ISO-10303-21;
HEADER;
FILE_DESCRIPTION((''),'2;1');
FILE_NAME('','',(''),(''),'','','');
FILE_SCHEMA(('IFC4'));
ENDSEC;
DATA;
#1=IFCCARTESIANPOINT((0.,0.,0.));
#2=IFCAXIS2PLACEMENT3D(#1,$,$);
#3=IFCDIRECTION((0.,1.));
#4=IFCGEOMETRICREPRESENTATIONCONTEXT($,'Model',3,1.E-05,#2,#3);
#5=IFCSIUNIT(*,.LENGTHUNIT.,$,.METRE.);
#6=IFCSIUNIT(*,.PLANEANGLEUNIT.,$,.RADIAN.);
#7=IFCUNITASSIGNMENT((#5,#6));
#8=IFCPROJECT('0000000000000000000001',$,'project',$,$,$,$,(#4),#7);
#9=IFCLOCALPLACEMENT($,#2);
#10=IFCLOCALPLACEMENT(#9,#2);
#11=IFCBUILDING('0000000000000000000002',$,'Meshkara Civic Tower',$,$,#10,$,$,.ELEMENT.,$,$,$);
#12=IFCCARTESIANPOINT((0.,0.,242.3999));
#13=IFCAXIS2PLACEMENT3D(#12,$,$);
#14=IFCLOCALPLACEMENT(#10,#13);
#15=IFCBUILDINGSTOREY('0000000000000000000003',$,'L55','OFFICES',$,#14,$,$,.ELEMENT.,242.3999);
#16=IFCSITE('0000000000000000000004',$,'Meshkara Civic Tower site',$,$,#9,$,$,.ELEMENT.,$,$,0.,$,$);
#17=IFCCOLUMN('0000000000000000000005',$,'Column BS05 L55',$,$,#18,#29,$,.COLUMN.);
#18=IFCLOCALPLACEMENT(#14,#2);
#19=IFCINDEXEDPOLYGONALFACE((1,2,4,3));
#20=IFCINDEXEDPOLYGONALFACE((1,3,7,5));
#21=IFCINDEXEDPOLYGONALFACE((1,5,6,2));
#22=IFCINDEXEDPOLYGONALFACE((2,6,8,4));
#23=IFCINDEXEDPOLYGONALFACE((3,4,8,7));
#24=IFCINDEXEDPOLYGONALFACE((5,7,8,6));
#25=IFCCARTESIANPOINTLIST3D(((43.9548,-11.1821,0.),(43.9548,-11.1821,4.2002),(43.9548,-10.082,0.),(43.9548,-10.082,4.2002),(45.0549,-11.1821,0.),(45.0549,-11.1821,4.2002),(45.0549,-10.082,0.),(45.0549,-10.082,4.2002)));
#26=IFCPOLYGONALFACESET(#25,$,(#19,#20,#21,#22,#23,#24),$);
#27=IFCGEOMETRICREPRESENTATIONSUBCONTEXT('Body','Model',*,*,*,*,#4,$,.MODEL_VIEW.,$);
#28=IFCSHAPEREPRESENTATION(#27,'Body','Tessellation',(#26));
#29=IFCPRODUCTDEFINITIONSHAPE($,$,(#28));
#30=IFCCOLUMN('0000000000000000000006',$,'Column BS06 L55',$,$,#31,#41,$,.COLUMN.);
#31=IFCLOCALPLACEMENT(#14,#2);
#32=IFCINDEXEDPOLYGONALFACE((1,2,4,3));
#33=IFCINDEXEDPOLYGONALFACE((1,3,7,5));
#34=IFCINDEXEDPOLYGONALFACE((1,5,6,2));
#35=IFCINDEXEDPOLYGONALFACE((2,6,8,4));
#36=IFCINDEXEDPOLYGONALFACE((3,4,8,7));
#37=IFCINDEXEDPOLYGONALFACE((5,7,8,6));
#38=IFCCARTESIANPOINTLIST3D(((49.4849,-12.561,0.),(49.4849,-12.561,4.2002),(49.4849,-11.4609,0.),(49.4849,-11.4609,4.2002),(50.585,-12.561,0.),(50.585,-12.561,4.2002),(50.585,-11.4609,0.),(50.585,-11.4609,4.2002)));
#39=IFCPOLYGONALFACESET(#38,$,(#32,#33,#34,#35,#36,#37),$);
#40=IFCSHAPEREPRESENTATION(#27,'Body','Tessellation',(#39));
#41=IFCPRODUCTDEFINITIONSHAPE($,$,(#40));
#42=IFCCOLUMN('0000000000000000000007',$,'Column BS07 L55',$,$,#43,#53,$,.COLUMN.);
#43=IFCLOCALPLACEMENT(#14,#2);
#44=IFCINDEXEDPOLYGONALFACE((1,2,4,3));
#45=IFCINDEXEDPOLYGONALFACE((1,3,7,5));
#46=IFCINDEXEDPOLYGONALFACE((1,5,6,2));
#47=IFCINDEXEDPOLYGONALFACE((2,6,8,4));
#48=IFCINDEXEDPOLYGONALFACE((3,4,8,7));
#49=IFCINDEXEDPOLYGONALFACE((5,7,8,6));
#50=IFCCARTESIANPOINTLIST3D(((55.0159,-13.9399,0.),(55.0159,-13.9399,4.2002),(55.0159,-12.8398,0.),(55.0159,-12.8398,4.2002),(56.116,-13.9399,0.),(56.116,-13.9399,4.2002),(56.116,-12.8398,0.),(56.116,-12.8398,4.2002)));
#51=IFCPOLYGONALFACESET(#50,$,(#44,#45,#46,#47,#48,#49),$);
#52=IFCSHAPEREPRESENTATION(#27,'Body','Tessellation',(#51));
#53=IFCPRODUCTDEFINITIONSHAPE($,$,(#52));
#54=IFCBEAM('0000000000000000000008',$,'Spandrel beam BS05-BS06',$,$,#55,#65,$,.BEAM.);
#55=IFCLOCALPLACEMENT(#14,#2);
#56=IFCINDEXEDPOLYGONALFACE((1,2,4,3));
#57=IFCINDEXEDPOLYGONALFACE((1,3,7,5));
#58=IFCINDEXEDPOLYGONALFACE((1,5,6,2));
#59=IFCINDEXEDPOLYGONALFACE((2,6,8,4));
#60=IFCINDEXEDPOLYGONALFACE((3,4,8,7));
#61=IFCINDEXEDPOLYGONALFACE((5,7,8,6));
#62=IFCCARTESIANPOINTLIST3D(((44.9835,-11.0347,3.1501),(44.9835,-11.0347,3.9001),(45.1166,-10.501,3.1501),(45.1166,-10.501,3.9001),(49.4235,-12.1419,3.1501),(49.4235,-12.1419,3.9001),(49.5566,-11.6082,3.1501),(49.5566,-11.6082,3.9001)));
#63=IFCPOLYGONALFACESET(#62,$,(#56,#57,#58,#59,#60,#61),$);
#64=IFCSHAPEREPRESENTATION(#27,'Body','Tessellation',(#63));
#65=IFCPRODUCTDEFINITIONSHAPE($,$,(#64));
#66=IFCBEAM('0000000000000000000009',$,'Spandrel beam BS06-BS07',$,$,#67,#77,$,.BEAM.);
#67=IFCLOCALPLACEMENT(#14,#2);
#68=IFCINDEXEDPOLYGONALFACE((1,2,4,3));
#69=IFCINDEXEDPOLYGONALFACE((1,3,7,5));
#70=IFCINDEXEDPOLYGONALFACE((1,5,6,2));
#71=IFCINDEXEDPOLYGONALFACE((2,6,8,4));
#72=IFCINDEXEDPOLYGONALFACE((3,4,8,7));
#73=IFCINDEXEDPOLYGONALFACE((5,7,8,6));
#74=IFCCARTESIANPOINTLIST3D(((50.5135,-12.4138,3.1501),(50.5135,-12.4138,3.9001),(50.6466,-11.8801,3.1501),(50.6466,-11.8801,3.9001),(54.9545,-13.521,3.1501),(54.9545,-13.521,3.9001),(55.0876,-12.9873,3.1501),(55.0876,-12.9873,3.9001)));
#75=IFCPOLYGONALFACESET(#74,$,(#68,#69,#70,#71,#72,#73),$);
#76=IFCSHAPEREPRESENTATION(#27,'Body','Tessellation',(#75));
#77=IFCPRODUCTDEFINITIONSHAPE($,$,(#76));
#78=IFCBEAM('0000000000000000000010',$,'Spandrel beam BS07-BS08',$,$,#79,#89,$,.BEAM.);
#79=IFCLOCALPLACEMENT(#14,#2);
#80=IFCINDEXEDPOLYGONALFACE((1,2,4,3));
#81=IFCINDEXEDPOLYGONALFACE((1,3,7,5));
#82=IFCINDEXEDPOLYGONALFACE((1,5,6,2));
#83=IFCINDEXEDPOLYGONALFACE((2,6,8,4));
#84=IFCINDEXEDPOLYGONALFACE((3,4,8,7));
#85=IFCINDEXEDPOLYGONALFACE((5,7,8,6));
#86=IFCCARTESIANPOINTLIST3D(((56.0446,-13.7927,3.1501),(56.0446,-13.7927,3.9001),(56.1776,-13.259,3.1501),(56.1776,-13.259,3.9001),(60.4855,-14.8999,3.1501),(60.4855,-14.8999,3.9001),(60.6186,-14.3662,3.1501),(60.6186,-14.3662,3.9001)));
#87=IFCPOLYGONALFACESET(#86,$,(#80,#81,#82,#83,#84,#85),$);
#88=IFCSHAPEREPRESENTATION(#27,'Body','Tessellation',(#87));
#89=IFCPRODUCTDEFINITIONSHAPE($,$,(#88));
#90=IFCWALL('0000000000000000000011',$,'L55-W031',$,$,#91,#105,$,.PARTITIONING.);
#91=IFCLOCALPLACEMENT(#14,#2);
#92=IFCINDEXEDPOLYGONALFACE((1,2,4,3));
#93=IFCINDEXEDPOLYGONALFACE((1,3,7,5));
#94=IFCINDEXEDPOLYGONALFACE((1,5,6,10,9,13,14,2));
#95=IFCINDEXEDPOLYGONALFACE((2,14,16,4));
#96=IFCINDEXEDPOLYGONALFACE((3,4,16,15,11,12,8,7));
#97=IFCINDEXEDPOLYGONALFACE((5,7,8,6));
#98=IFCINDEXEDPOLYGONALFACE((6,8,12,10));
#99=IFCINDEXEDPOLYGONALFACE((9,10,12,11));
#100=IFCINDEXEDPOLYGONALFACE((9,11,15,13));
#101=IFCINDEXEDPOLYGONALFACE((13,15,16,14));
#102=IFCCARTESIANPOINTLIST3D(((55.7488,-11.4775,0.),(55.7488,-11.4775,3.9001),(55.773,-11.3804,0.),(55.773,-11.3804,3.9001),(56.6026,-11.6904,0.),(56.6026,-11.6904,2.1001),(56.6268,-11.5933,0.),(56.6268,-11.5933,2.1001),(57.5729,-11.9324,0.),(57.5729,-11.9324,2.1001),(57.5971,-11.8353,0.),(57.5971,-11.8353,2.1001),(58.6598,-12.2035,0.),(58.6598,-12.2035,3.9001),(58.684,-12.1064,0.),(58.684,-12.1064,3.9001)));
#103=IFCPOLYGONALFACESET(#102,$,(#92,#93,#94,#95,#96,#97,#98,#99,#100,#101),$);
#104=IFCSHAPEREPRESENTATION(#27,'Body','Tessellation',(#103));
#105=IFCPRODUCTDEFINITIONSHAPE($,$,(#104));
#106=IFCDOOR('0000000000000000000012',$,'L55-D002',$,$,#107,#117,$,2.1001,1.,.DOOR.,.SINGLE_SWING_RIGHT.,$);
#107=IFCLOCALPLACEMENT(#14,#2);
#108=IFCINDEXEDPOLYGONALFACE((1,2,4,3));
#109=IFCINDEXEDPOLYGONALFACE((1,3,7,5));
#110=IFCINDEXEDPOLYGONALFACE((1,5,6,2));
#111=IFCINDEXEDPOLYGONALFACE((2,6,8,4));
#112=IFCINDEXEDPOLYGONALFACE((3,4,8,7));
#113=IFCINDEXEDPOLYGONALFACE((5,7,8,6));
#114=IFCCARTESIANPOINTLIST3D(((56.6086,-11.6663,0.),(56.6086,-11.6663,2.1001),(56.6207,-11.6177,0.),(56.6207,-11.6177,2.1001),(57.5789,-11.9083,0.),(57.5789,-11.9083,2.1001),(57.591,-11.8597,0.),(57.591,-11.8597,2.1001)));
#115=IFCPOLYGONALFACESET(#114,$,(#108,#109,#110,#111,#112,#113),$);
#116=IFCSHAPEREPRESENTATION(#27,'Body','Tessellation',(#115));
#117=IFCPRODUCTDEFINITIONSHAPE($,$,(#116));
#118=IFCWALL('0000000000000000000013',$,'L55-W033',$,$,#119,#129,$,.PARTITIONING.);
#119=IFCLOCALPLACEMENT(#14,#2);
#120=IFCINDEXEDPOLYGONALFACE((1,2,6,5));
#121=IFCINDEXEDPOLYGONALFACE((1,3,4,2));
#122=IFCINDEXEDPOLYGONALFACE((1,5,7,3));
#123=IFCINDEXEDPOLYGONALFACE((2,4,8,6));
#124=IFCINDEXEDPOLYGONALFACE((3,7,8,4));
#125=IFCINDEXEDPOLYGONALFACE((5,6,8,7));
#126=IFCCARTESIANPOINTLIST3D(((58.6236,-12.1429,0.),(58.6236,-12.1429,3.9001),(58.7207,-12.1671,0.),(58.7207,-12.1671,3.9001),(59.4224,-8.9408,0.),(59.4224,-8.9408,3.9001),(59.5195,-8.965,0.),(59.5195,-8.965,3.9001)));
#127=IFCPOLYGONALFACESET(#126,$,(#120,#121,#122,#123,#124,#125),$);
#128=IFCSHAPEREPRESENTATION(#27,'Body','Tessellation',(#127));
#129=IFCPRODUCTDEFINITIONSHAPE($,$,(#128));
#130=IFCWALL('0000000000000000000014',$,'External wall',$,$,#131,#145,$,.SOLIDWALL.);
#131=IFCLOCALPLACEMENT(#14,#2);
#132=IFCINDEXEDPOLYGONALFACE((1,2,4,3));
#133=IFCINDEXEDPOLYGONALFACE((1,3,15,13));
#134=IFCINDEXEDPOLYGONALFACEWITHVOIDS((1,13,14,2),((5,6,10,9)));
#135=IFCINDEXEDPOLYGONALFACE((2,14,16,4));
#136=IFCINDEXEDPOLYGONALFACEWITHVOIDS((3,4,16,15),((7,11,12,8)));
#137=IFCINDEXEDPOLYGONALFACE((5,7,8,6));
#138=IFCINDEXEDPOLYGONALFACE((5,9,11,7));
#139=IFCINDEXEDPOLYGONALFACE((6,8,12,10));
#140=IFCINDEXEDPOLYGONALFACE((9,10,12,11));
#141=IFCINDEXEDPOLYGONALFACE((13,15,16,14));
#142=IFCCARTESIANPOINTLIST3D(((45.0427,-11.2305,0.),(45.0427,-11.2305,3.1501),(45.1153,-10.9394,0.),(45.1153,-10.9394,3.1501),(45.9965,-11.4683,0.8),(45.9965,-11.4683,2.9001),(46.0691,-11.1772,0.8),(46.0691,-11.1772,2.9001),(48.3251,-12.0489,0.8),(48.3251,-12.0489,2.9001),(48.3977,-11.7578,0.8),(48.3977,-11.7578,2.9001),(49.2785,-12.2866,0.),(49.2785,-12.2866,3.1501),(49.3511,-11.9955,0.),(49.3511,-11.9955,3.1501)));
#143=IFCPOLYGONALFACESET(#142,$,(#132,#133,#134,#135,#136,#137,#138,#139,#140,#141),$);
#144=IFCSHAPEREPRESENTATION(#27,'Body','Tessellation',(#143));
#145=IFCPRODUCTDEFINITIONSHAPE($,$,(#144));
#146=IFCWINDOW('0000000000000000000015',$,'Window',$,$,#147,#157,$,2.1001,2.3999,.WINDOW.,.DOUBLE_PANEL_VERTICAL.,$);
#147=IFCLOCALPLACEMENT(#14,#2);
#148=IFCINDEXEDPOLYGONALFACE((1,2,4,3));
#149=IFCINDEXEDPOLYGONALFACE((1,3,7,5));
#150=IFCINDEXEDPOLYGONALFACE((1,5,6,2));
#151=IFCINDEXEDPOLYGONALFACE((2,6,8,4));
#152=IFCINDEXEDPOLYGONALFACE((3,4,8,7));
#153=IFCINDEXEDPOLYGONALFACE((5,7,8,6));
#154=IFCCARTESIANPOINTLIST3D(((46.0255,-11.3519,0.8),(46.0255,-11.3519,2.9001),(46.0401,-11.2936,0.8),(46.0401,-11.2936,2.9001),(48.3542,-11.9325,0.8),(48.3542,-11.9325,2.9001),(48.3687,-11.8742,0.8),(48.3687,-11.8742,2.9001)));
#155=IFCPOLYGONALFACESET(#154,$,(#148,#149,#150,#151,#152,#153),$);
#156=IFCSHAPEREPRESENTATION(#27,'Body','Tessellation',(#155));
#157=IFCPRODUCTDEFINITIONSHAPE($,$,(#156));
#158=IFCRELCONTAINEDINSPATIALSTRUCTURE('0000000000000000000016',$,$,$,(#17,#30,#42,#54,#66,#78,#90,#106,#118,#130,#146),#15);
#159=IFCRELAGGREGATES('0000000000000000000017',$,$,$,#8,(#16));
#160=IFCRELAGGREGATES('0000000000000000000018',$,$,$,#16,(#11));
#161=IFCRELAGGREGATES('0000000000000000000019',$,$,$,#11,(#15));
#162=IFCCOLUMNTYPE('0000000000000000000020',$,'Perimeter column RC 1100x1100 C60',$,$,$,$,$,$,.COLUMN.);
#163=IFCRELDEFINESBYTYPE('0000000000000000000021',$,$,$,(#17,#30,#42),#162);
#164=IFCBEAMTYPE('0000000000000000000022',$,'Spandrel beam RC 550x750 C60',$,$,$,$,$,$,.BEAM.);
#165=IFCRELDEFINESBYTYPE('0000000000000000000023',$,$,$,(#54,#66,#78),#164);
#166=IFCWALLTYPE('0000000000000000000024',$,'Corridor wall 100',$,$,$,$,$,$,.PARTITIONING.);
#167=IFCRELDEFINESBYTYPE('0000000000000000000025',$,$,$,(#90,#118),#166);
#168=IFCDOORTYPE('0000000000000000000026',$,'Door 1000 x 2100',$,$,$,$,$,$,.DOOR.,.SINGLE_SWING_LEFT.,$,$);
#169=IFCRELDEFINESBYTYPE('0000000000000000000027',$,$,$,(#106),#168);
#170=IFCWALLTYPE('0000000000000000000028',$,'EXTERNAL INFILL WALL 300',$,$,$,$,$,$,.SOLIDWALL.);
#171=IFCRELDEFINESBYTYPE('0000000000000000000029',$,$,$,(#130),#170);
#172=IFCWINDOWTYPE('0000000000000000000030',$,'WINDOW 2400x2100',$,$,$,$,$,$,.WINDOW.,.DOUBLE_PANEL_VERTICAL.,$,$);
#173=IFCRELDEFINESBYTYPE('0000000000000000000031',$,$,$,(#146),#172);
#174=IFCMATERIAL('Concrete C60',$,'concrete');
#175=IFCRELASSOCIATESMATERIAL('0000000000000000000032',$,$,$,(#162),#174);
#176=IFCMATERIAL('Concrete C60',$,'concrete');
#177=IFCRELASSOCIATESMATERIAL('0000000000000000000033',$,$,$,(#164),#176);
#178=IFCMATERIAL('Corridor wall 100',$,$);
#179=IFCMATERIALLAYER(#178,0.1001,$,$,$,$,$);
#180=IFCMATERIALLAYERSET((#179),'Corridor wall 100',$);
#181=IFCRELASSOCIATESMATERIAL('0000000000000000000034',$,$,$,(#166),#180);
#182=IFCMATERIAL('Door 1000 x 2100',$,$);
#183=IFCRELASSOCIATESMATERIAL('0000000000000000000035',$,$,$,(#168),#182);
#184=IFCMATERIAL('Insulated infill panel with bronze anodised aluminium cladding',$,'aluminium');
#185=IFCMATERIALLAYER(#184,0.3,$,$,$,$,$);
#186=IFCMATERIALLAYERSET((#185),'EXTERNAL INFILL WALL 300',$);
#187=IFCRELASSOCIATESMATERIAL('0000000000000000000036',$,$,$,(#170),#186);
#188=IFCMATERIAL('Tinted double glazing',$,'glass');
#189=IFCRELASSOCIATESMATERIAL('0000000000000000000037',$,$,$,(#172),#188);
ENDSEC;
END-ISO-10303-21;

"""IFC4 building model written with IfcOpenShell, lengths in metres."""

from ifc_helpers import new_model, si_unit, direction, frame, frame_2d, origin, origin_2d, place, context, subcontext, project, spatial, rectangle, extrude, material, layer, layer_set, material_profile, profile_set, type_object, element, fill, save


model = new_model("IFC4")

# Units and contexts
model_context = context("Model", 3, precision=1e-05, world=origin(), true_north=direction((0.0, 1.0)))
body_context = subcontext(model_context, "Body", "Model", "MODEL_VIEW")
ifc_project = project(units=[si_unit("LENGTHUNIT", "METRE"), si_unit("PLANEANGLEUNIT", "RADIAN")], contexts=[model_context])

# Site, building, storey
site_placement = place(None, origin())
site = spatial("IfcSite", under=ifc_project, at=site_placement, Name="Meshkara Civic Tower site", CompositionType="ELEMENT", RefElevation=0.0)
building_placement = place(site_placement, origin())
building = spatial("IfcBuilding", under=site, at=building_placement, Name="Meshkara Civic Tower", CompositionType="ELEMENT")
storey_placement = place(building_placement, frame((0.0, 0.0, 242.3999)))
storey = spatial("IfcBuildingStorey", under=building, at=storey_placement, Name="L55", Description="OFFICES", CompositionType="ELEMENT", Elevation=242.3999)

# Columns
ifc_material_1 = material(Name="Concrete C60", Category="concrete")
ifc_material_profile_1 = material_profile(ifc_material_1, rectangle(XDim=1.1001, YDim=1.1001, at=origin_2d()))
ifc_profile_set_1 = profile_set([ifc_material_profile_1], Name="Concrete C60")
column_type = type_object("IfcColumnType", Name="Perimeter column RC 1100x1100 C60", PredefinedType="COLUMN", material=ifc_profile_set_1)
for number, where, z_axis, x_axis, name in (
    (1, (44.5049, -10.6321, 0.0), (0.0, 0.0, 1.0), (1.0, 0.0, 0.0), "Column BS05 L55"),
    (2, (50.0349, -12.011, 0.0), (0.0, 0.0, 1.0), (1.0, 0.0, 0.0), "Column BS06 L55"),
    (3, (55.5659, -13.3899, 0.0), (0.0, 0.0, 1.0), (1.0, 0.0, 0.0), "Column BS07 L55"),
):
    element("IfcColumn", number, at=place(storey_placement, frame(where, z_axis=z_axis, x_axis=x_axis)), inside=storey, type_object=column_type, Name=name, PredefinedType="COLUMN", context=body_context, shape_type="SweptSolid", body=[
        extrude(rectangle(XDim=1.1001, YDim=1.1001, at=origin_2d()), origin(), (0.0, 0.0, 1.0), 4.2002),
    ])

# Beams
ifc_material_2 = material(Name="Concrete C60", Category="concrete")
ifc_material_profile_2 = material_profile(ifc_material_2, rectangle(XDim=0.55, YDim=0.75, at=origin_2d()))
ifc_profile_set_2 = profile_set([ifc_material_profile_2], Name="Concrete C60")
beam_type = type_object("IfcBeamType", Name="Spandrel beam RC 550x750 C60", PredefinedType="BEAM", material=ifc_profile_set_2)
beam_placement = place(storey_placement, frame((45.05, -10.7678, 3.5251), z_axis=(0.970287, -0.241958, 0.0), x_axis=(0.241958, 0.970287, 0.0)))
element("IfcBeam", 4, at=beam_placement, inside=storey, type_object=beam_type, Name="Spandrel beam BS05-BS06", PredefinedType="BEAM", context=body_context, shape_type="SweptSolid", body=[
    extrude(rectangle(XDim=0.55, YDim=0.75, at=origin_2d()), origin(), (0.0, 0.0, 1.0), 4.5759),
])
for number, where, z_axis, x_axis, name in (
    (5, (50.5801, -12.147, 3.5251), (0.970299, -0.241908, 0.0), (0.241908, 0.970299, 0.0), "Spandrel beam BS06-BS07"),
    (6, (56.1111, -13.5259, 3.5251), (0.970299, -0.241908, 0.0), (0.241908, 0.970299, 0.0), "Spandrel beam BS07-BS08"),
):
    element("IfcBeam", number, at=place(storey_placement, frame(where, z_axis=z_axis, x_axis=x_axis)), inside=storey, type_object=beam_type, Name=name, PredefinedType="BEAM", context=body_context, shape_type="SweptSolid", body=[
        extrude(rectangle(XDim=0.55, YDim=0.75, at=origin_2d()), origin(), (0.0, 0.0, 1.0), 4.5769),
    ])

# Wall, opening, door
ifc_material_3 = material(Name="Corridor wall 100")
ifc_layer_1 = layer(ifc_material_3, 0.1001)
ifc_layer_set_1 = layer_set([ifc_layer_1], Name="Corridor wall 100")
wall_type_1 = type_object("IfcWallType", Name="Corridor wall 100", PredefinedType="PARTITIONING", material=ifc_layer_set_1)
wall_1_placement = place(storey_placement, frame((55.761, -11.429, 0.0), z_axis=(0.0, 0.0, 1.0), x_axis=(0.970276, -0.241999, 0.0)))
wall_1 = element("IfcWall", 7, at=wall_1_placement, inside=storey, type_object=wall_type_1, Name="L55-W031", PredefinedType="PARTITIONING", context=body_context, shape_type="SweptSolid", body=[
    extrude(rectangle(XDim=3.0002, YDim=0.1001, at=frame_2d((1.5, 0.0))), origin(), (0.0, 0.0, 1.0), 3.9001),
])
opening_1_placement = place(wall_1_placement, frame((0.8799, 0.0, 0.0)))
opening_1 = element("IfcOpeningElement", 8, at=opening_1_placement, cuts=wall_1, PredefinedType="OPENING", context=body_context, shape_type="SweptSolid", body=[
    extrude(rectangle(XDim=1.0, YDim=2.1001, at=frame_2d((0.5, 1.05))), frame((0.0, 0.0601, 0.0), z_axis=(0.0, -1.0, 0.0), x_axis=(1.0, 0.0, 0.0)), (0.0, 0.0, 1.0), 0.1201),
])
ifc_material_4 = material(Name="Door 1000 x 2100")
door_type = type_object("IfcDoorType", Name="Door 1000 x 2100", OperationType="SINGLE_SWING_LEFT", PredefinedType="DOOR", material=ifc_material_4)
door_placement = place(opening_1_placement, origin())
door = element("IfcDoor", 9, at=door_placement, inside=storey, type_object=door_type, Name="L55-D002", OperationType="SINGLE_SWING_RIGHT", OverallHeight=2.1001, OverallWidth=1.0, PredefinedType="DOOR", context=body_context, shape_type="SweptSolid", body=[
    extrude(rectangle(XDim=1.0, YDim=2.1001, at=frame_2d((0.5, 1.05))), frame((0.0, 0.0249, 0.0), z_axis=(0.0, -1.0, 0.0), x_axis=(1.0, 0.0, 0.0)), (0.0, 0.0, 1.0), 0.05),
])
fill(opening_1, door)

# Wall
wall_2_placement = place(storey_placement, frame((58.6721, -12.155, 0.0), z_axis=(0.0, 0.0, 1.0), x_axis=(0.242048, 0.970264, 0.0)))
element("IfcWall", 10, at=wall_2_placement, inside=storey, type_object=wall_type_1, Name="L55-W033", PredefinedType="PARTITIONING", context=body_context, shape_type="SweptSolid", body=[
    extrude(rectangle(XDim=3.3003, YDim=0.1001, at=frame_2d((1.6501, 0.0))), origin(), (0.0, 0.0, 1.0), 3.9001),
])

# Wall, opening, window
ifc_material_5 = material(Name="Insulated infill panel with bronze anodised aluminium cladding", Category="aluminium")
ifc_layer_2 = layer(ifc_material_5, 0.3)
ifc_layer_set_2 = layer_set([ifc_layer_2], Name="EXTERNAL INFILL WALL 300")
wall_type_2 = type_object("IfcWallType", Name="EXTERNAL INFILL WALL 300", PredefinedType="SOLIDWALL", material=ifc_layer_set_2)
wall_3_placement = place(storey_placement, frame((45.0791, -11.085, 0.0), z_axis=(0.0, 0.0, 1.0), x_axis=(0.970294, -0.24193, 0.0)))
wall_3 = element("IfcWall", 11, at=wall_3_placement, inside=storey, type_object=wall_type_2, Name="External wall", PredefinedType="SOLIDWALL", context=body_context, shape_type="SweptSolid", body=[
    extrude(rectangle(XDim=4.3655, YDim=0.3, at=frame_2d((2.1826, 0.0))), origin(), (0.0, 0.0, 1.0), 3.1501),
])
opening_2_placement = place(wall_3_placement, frame((0.9829, 0.0, 0.8)))
opening_2 = element("IfcOpeningElement", 12, at=opening_2_placement, cuts=wall_3, PredefinedType="OPENING", context=body_context, shape_type="SweptSolid", body=[
    extrude(rectangle(XDim=2.3999, YDim=2.1001, at=frame_2d((1.2, 1.05))), frame((0.0, 0.1599, 0.0), z_axis=(0.0, -1.0, 0.0), x_axis=(1.0, 0.0, 0.0)), (0.0, 0.0, 1.0), 0.3201),
])
ifc_material_6 = material(Name="Tinted double glazing", Category="glass")
window_type = type_object("IfcWindowType", Name="WINDOW 2400x2100", PartitioningType="DOUBLE_PANEL_VERTICAL", PredefinedType="WINDOW", material=ifc_material_6)
window_1_placement = place(opening_2_placement, origin())
window_1 = element("IfcWindow", 13, at=window_1_placement, inside=storey, type_object=window_type, Name="Window", OverallHeight=2.1001, OverallWidth=2.3999, PartitioningType="DOUBLE_PANEL_VERTICAL", PredefinedType="WINDOW", context=body_context, shape_type="SweptSolid", body=[
    extrude(rectangle(XDim=2.3999, YDim=2.1001, at=frame_2d((1.2, 1.05))), frame((0.0, 0.03, 0.0), z_axis=(0.0, -1.0, 0.0), x_axis=(1.0, 0.0, 0.0)), (0.0, 0.0, 1.0), 0.0601),
])
fill(opening_2, window_1)

save(model, "model.ifc")
